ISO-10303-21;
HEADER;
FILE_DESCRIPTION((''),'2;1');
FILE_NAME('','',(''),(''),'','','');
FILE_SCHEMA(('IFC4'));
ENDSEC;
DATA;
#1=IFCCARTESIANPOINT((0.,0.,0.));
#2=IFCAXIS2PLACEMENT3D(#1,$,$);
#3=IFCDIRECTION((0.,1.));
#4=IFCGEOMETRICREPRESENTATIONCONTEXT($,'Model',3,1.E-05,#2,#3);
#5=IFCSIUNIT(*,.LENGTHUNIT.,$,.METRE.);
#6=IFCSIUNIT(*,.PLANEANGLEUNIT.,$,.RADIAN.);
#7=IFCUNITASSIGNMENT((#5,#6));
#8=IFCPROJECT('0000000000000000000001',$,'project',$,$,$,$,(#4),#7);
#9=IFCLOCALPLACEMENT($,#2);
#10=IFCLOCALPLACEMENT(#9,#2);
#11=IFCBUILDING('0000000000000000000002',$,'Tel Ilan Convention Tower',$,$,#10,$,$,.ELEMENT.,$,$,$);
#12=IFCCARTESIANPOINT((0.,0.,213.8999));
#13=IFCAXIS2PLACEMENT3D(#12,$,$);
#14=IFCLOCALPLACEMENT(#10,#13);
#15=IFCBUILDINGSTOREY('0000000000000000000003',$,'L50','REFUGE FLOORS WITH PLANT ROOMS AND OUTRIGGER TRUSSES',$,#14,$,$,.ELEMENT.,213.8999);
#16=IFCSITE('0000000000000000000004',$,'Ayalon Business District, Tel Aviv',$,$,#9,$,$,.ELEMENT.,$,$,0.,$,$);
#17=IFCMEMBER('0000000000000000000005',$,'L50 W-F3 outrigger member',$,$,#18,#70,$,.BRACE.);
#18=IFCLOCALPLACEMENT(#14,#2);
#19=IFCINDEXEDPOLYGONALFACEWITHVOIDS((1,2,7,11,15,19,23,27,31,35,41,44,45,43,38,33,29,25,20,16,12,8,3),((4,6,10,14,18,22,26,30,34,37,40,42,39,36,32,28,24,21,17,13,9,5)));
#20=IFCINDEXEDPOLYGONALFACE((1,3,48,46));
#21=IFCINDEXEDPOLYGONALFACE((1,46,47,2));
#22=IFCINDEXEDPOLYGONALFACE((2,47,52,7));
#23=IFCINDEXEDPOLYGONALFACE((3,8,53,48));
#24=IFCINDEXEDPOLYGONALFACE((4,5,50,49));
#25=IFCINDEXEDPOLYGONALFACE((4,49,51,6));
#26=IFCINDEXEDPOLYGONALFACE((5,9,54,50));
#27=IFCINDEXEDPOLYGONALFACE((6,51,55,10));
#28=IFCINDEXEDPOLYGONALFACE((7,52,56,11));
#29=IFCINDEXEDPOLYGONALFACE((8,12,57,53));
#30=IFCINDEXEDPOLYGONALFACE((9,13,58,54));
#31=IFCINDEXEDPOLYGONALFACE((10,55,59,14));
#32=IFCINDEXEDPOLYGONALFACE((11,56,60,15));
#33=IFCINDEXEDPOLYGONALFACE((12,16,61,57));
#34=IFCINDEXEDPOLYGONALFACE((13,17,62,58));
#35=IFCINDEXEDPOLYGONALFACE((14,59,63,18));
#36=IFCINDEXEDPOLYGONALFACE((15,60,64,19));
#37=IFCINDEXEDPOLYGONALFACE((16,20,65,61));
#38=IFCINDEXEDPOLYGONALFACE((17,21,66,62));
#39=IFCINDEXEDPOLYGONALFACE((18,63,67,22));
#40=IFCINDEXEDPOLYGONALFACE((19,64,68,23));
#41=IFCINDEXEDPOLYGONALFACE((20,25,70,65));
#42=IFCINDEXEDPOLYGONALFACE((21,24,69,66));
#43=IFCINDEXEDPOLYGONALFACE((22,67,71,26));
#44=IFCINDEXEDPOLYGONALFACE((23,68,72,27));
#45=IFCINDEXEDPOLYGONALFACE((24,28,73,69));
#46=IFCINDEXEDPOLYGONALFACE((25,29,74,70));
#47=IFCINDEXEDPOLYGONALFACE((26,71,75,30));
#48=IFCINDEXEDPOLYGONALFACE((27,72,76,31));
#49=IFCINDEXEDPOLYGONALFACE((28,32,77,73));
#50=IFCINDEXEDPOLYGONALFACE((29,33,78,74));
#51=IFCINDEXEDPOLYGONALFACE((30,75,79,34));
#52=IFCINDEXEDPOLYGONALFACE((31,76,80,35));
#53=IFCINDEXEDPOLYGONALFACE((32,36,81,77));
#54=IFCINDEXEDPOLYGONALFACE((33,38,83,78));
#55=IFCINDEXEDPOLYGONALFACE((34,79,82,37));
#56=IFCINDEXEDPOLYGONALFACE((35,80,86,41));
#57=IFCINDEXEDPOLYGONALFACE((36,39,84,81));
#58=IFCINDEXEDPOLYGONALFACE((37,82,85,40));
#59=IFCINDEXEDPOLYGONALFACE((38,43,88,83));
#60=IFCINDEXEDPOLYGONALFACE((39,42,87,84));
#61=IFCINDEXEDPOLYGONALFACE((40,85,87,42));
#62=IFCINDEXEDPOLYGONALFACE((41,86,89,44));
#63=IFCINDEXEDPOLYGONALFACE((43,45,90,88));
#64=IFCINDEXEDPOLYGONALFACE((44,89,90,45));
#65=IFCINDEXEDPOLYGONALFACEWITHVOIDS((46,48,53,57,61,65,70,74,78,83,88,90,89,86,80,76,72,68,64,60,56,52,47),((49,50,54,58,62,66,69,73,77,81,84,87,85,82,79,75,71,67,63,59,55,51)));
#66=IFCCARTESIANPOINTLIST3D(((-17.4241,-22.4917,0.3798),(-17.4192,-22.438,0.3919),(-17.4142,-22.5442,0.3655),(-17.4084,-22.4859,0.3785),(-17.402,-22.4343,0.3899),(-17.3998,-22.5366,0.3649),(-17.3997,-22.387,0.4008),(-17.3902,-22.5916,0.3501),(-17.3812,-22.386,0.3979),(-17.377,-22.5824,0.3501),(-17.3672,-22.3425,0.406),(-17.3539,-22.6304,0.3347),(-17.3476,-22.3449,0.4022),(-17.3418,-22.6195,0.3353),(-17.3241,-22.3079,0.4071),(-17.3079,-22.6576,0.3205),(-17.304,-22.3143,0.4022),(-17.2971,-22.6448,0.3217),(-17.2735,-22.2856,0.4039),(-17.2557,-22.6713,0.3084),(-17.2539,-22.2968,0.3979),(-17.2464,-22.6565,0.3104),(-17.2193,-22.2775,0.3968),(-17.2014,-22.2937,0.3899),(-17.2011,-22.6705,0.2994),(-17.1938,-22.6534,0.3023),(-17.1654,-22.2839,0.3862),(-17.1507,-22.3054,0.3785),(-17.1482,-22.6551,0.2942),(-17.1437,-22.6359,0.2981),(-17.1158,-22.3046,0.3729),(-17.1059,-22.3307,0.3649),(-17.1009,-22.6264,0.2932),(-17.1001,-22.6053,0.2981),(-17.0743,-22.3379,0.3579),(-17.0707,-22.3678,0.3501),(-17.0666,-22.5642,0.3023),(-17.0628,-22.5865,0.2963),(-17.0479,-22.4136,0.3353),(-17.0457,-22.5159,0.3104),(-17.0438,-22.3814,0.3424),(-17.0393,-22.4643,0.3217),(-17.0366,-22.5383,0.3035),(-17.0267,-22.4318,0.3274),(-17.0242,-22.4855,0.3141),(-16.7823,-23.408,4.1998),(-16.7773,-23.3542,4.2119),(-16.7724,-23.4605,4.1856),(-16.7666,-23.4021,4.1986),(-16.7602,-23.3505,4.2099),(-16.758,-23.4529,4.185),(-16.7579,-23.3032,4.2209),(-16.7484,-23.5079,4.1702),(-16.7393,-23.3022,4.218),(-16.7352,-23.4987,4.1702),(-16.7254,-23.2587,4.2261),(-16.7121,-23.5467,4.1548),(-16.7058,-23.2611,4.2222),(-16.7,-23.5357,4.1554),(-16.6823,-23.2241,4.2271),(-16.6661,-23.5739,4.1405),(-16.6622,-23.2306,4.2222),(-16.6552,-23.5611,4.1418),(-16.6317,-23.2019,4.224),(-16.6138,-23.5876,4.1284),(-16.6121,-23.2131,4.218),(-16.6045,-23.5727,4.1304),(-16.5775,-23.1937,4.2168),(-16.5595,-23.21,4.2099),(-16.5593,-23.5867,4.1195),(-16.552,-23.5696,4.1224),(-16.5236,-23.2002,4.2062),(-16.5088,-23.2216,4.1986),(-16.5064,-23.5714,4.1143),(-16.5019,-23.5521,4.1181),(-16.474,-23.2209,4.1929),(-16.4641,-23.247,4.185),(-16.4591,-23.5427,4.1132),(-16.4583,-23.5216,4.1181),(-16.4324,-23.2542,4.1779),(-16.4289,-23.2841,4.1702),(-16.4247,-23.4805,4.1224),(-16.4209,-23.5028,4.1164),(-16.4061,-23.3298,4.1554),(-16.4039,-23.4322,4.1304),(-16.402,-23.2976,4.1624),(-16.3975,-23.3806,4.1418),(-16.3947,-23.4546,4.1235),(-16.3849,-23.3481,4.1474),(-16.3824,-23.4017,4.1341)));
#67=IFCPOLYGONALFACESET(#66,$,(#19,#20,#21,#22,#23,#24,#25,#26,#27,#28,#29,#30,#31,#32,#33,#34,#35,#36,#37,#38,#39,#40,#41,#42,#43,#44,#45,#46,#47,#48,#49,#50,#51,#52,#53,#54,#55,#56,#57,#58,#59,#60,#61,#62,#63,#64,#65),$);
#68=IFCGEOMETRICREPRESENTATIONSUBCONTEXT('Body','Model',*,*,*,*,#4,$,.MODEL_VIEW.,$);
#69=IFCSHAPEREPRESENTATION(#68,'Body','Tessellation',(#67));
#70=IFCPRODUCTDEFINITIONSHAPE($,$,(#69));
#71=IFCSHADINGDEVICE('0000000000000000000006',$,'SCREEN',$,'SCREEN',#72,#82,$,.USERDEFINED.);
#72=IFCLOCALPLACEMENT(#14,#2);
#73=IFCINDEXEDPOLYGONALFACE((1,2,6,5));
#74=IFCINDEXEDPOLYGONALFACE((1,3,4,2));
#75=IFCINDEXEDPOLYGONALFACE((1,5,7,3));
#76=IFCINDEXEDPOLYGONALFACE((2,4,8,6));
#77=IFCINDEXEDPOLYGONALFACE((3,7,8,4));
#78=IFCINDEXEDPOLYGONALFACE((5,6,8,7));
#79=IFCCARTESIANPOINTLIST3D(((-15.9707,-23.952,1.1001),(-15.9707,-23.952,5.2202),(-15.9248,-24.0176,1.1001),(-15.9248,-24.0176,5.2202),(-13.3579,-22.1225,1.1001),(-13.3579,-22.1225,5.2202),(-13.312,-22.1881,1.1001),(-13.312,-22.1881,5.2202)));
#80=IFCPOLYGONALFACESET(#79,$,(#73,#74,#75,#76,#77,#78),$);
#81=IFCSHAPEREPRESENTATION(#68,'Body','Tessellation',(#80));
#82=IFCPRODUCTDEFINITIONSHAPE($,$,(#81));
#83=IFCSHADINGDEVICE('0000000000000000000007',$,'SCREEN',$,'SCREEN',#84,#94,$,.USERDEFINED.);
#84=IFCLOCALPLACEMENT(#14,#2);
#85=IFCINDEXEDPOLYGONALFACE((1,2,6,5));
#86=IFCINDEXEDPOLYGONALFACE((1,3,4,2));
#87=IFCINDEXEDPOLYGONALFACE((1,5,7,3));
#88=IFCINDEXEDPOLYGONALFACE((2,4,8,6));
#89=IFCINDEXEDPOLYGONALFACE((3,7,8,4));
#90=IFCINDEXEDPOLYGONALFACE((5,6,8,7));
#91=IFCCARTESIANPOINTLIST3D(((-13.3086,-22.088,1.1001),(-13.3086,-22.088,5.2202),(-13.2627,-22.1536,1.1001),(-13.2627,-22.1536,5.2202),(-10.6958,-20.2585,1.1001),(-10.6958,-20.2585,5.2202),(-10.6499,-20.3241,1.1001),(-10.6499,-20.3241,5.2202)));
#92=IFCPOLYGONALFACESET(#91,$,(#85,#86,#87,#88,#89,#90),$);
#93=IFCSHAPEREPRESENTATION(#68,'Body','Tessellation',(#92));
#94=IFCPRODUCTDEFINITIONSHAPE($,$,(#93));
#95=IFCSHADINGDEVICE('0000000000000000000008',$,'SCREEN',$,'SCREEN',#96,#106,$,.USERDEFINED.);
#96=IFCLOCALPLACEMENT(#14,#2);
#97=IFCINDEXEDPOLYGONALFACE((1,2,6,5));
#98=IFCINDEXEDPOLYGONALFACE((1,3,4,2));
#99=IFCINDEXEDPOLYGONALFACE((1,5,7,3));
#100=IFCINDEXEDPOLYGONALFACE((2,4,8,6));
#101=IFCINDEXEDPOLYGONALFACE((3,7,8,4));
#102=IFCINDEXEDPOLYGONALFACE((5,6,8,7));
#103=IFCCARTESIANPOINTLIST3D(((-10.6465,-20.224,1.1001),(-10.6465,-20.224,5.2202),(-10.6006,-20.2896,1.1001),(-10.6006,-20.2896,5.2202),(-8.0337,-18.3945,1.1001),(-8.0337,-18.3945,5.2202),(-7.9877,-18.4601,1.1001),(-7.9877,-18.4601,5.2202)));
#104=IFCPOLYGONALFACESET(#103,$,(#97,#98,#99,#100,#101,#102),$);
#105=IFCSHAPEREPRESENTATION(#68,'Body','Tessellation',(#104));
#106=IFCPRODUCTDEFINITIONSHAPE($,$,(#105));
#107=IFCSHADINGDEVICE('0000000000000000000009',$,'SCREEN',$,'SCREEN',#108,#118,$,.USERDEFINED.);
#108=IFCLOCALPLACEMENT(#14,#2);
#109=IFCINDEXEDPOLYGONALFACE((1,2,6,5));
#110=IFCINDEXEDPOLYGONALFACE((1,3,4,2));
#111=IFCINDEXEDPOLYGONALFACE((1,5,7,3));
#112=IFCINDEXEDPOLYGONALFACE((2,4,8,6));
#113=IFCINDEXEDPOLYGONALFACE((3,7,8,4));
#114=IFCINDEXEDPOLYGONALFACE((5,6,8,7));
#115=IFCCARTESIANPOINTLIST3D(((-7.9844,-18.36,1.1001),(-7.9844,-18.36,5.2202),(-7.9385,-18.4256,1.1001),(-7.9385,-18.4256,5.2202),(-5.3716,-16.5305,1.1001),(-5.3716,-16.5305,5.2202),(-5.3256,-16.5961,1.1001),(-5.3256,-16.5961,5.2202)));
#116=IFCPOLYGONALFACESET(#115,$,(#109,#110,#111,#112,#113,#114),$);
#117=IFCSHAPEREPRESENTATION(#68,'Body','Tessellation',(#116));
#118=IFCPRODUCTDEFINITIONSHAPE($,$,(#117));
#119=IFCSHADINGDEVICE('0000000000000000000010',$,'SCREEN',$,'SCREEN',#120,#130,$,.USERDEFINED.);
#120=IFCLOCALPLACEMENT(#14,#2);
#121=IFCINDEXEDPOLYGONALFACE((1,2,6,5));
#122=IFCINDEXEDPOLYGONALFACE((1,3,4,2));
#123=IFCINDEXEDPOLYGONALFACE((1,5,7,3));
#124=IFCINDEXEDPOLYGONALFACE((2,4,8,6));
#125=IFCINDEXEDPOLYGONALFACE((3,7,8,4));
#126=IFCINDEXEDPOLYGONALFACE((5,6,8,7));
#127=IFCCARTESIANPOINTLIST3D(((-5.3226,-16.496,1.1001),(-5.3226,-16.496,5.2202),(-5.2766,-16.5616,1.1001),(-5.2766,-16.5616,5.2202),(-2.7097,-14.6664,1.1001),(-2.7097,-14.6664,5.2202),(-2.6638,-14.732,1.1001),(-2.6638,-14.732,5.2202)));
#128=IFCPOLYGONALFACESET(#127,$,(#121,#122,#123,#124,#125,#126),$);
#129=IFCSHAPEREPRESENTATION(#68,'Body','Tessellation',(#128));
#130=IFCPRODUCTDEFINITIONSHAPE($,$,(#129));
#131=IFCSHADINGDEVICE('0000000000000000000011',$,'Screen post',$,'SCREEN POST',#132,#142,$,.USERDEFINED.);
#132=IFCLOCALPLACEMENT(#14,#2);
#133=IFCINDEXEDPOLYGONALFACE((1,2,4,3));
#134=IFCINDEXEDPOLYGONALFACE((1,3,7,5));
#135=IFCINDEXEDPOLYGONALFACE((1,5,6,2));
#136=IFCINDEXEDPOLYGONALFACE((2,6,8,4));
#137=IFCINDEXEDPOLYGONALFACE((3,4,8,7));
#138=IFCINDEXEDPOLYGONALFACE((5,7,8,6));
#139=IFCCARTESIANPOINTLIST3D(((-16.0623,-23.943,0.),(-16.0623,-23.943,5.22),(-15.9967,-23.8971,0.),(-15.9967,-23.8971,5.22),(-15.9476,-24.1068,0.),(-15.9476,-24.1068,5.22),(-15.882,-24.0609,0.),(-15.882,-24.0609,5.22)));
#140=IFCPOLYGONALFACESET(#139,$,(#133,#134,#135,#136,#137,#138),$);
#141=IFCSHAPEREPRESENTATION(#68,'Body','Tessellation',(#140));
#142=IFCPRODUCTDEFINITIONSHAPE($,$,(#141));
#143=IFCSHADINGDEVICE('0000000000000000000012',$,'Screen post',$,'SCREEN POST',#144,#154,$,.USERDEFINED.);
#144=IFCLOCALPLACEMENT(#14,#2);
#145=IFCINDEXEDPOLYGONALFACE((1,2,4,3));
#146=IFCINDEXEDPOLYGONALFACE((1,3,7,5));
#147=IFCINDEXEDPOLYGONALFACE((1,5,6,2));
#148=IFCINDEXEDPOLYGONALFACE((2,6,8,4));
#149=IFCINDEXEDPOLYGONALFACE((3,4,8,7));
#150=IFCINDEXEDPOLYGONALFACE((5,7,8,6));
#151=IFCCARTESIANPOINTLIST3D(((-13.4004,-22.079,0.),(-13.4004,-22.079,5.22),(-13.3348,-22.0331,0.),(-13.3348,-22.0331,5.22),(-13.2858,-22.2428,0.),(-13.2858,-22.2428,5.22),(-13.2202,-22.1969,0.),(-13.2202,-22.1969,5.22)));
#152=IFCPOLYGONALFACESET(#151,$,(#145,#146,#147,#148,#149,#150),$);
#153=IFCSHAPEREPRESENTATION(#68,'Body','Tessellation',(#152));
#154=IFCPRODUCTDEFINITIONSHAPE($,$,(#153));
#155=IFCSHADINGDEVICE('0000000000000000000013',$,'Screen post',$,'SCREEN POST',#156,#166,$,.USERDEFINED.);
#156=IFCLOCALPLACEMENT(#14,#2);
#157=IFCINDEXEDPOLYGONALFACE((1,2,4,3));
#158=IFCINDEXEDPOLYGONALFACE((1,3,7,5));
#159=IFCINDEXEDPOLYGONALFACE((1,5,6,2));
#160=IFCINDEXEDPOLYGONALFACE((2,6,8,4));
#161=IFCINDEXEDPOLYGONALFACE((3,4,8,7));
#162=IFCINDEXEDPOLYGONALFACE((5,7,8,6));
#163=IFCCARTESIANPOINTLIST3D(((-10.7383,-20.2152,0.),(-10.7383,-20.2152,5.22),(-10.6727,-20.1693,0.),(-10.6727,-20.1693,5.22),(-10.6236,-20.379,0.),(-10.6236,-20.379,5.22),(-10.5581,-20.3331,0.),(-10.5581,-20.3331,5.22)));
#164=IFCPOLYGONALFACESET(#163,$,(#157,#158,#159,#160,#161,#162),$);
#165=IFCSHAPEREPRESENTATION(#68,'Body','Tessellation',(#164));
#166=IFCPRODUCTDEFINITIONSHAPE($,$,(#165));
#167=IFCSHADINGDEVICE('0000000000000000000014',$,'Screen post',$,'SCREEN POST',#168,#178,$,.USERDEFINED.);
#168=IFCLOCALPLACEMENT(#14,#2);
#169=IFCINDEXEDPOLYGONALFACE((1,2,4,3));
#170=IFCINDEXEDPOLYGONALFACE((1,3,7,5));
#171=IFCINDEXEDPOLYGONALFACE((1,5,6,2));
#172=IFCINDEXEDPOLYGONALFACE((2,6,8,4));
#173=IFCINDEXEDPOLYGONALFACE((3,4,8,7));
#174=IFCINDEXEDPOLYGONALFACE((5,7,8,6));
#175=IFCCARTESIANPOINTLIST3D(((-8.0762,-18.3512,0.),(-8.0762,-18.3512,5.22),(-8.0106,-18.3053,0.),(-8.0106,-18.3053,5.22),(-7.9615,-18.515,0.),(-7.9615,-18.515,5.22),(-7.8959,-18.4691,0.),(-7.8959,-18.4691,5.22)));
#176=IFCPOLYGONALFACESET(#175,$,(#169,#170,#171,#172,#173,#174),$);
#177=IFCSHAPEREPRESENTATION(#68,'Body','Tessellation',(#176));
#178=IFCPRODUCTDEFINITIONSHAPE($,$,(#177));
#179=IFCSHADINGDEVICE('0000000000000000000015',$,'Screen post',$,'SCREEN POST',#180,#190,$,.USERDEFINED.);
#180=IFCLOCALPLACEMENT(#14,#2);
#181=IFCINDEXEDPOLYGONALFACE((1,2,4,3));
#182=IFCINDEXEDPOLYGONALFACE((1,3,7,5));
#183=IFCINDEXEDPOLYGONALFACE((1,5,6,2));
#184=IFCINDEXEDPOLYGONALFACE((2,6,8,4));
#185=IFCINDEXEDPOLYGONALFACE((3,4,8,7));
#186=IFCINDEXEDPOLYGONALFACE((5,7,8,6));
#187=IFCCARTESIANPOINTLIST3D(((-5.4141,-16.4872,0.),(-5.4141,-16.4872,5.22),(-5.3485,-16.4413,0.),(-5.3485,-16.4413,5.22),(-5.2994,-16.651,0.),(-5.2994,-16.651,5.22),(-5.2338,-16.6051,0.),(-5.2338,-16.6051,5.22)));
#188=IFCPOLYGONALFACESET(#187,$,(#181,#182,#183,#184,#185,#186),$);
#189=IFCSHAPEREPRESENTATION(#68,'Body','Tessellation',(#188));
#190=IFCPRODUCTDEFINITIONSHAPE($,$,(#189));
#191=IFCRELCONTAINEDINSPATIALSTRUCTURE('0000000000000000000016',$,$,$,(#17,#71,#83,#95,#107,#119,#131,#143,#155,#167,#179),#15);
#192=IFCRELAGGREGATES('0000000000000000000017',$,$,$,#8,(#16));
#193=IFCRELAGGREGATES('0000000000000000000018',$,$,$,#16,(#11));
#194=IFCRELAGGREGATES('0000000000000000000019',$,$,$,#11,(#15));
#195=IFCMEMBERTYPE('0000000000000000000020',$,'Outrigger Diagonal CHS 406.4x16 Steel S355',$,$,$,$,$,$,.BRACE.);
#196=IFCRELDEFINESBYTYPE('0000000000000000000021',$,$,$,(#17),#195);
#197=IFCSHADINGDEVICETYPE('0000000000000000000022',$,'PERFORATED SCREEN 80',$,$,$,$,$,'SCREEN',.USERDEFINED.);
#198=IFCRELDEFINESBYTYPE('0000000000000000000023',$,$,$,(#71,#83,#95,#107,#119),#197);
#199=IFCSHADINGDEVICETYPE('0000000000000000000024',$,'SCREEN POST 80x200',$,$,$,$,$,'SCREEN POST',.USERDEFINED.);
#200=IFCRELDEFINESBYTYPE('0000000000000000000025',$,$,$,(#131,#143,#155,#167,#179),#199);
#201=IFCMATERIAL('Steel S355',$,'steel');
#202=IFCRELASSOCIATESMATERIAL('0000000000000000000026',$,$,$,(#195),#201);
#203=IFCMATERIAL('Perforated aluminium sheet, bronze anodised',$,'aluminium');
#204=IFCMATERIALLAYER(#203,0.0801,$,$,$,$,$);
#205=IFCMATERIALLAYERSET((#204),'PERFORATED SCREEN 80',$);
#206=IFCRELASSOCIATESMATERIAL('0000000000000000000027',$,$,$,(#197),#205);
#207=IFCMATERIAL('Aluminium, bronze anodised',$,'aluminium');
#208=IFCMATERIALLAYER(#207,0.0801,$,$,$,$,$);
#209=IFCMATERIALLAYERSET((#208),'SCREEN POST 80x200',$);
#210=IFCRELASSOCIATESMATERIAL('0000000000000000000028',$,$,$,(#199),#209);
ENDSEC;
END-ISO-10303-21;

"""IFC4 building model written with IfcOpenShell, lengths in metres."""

from ifc_helpers import new_model, si_unit, direction, frame, origin, origin_2d, place, context, subcontext, project, spatial, rectangle, hollow_circle, extrude, material, layer, layer_set, material_profile, profile_set, type_object, element, save


model = new_model("IFC4")

# Units and contexts
model_context = context("Model", 3, precision=1e-05, world=origin(), true_north=direction((0.0, 1.0)))
body_context = subcontext(model_context, "Body", "Model", "MODEL_VIEW")
ifc_project = project(units=[si_unit("LENGTHUNIT", "METRE"), si_unit("PLANEANGLEUNIT", "RADIAN")], contexts=[model_context])

# Site, building, storey
site_placement = place(None, origin())
site = spatial("IfcSite", under=ifc_project, at=site_placement, Name="Ayalon Business District, Tel Aviv", CompositionType="ELEMENT", RefElevation=0.0)
building_placement = place(site_placement, origin())
building = spatial("IfcBuilding", under=site, at=building_placement, Name="Tel Ilan Convention Tower", CompositionType="ELEMENT")
storey_placement = place(building_placement, frame((0.0, 0.0, 213.8999)))
storey = spatial("IfcBuildingStorey", under=building, at=storey_placement, Name="L50", Description="REFUGE FLOORS WITH PLANT ROOMS AND OUTRIGGER TRUSSES", CompositionType="ELEMENT", Elevation=213.8999)

# Member
ifc_material_1 = material(Name="Steel S355", Category="steel")
ifc_material_profile_1 = material_profile(ifc_material_1, hollow_circle(Radius=0.2031, WallThickness=0.0161, at=origin_2d()), Name="CHS 406.4x16")
ifc_profile_set_1 = profile_set([ifc_material_profile_1], Name="Steel S355")
member_type_1 = type_object("IfcMemberType", Name="Outrigger Diagonal CHS 406.4x16 Steel S355", PredefinedType="BRACE", material=ifc_profile_set_1)
member_1_placement = place(storey_placement, frame((-16.582, -23.3914, 4.1702), z_axis=(-0.161247, 0.230187, -0.959694), x_axis=(-0.819037, -0.573741, 0.0)))
element("IfcMember", 1, at=member_1_placement, inside=storey, type_object=member_type_1, Name="L50 W-F3 outrigger member", PredefinedType="BRACE", context=body_context, shape_type="SweptSolid", body=[
    extrude(hollow_circle(Radius=0.2031, WallThickness=0.0161, at=origin_2d()), origin(), (0.0, 0.0, 1.0), 3.9805),
])

# Shading devices
ifc_material_2 = material(Name="Perforated aluminium sheet, bronze anodised", Category="aluminium")
ifc_layer_1 = layer(ifc_material_2, 0.0801)
ifc_layer_set_1 = layer_set([ifc_layer_1], Name="PERFORATED SCREEN 80")
shading_device_type_1 = type_object("IfcShadingDeviceType", Name="PERFORATED SCREEN 80", ElementType="SCREEN", PredefinedType="USERDEFINED", material=ifc_layer_set_1)
for number, where, z_axis, x_axis, name in (
    (2, (-14.6414, -23.0701, 1.1001), (0.0, 0.0, 1.0), (0.819152, 0.573576, 0.0), "SCREEN"),
    (3, (-11.9792, -21.2061, 1.1001), (0.0, 0.0, 1.0), (0.819152, 0.573576, 0.0), "SCREEN"),
    (4, (-9.3171, -19.342, 1.1001), (0.0, 0.0, 1.0), (0.819152, 0.573576, 0.0), "SCREEN"),
    (5, (-6.655, -17.478, 1.1001), (0.0, 0.0, 1.0), (0.819152, 0.573576, 0.0), "SCREEN"),
    (6, (-3.9932, -15.614, 1.1001), (0.0, 0.0, 1.0), (0.819152, 0.573576, 0.0), "SCREEN"),
):
    element("IfcShadingDevice", number, at=place(storey_placement, frame(where, z_axis=z_axis, x_axis=x_axis)), inside=storey, type_object=shading_device_type_1, Name=name, ObjectType="SCREEN", PredefinedType="USERDEFINED", context=body_context, shape_type="SweptSolid", body=[
        extrude(rectangle(XDim=3.1897, YDim=0.0801, at=origin_2d()), origin(), (0.0, 0.0, 1.0), 4.1201),
    ])
ifc_material_3 = material(Name="Aluminium, bronze anodised", Category="aluminium")
ifc_layer_2 = layer(ifc_material_3, 0.0801)
ifc_layer_set_2 = layer_set([ifc_layer_2], Name="SCREEN POST 80x200")
shading_device_type_2 = type_object("IfcShadingDeviceType", Name="SCREEN POST 80x200", ElementType="SCREEN POST", PredefinedType="USERDEFINED", material=ifc_layer_set_2)
for number, where, z_axis, x_axis, name in (
    (7, (-15.9722, -24.002, 0.0), (0.0, 0.0, 1.0), (0.819152, 0.573576, 0.0), "Screen post"),
    (8, (-13.3103, -22.1379, 0.0), (0.0, 0.0, 1.0), (0.819152, 0.573576, 0.0), "Screen post"),
    (9, (-10.6482, -20.2742, 0.0), (0.0, 0.0, 1.0), (0.819152, 0.573576, 0.0), "Screen post"),
    (10, (-7.9861, -18.4102, 0.0), (0.0, 0.0, 1.0), (0.819152, 0.573576, 0.0), "Screen post"),
    (11, (-5.324, -16.5461, 0.0), (0.0, 0.0, 1.0), (0.819152, 0.573576, 0.0), "Screen post"),
):
    element("IfcShadingDevice", number, at=place(storey_placement, frame(where, z_axis=z_axis, x_axis=x_axis)), inside=storey, type_object=shading_device_type_2, Name=name, ObjectType="SCREEN POST", PredefinedType="USERDEFINED", context=body_context, shape_type="SweptSolid", body=[
        extrude(rectangle(XDim=0.0801, YDim=0.2, at=origin_2d()), origin(), (0.0, 0.0, 1.0), 5.22),
    ])

save(model, "model.ifc")
